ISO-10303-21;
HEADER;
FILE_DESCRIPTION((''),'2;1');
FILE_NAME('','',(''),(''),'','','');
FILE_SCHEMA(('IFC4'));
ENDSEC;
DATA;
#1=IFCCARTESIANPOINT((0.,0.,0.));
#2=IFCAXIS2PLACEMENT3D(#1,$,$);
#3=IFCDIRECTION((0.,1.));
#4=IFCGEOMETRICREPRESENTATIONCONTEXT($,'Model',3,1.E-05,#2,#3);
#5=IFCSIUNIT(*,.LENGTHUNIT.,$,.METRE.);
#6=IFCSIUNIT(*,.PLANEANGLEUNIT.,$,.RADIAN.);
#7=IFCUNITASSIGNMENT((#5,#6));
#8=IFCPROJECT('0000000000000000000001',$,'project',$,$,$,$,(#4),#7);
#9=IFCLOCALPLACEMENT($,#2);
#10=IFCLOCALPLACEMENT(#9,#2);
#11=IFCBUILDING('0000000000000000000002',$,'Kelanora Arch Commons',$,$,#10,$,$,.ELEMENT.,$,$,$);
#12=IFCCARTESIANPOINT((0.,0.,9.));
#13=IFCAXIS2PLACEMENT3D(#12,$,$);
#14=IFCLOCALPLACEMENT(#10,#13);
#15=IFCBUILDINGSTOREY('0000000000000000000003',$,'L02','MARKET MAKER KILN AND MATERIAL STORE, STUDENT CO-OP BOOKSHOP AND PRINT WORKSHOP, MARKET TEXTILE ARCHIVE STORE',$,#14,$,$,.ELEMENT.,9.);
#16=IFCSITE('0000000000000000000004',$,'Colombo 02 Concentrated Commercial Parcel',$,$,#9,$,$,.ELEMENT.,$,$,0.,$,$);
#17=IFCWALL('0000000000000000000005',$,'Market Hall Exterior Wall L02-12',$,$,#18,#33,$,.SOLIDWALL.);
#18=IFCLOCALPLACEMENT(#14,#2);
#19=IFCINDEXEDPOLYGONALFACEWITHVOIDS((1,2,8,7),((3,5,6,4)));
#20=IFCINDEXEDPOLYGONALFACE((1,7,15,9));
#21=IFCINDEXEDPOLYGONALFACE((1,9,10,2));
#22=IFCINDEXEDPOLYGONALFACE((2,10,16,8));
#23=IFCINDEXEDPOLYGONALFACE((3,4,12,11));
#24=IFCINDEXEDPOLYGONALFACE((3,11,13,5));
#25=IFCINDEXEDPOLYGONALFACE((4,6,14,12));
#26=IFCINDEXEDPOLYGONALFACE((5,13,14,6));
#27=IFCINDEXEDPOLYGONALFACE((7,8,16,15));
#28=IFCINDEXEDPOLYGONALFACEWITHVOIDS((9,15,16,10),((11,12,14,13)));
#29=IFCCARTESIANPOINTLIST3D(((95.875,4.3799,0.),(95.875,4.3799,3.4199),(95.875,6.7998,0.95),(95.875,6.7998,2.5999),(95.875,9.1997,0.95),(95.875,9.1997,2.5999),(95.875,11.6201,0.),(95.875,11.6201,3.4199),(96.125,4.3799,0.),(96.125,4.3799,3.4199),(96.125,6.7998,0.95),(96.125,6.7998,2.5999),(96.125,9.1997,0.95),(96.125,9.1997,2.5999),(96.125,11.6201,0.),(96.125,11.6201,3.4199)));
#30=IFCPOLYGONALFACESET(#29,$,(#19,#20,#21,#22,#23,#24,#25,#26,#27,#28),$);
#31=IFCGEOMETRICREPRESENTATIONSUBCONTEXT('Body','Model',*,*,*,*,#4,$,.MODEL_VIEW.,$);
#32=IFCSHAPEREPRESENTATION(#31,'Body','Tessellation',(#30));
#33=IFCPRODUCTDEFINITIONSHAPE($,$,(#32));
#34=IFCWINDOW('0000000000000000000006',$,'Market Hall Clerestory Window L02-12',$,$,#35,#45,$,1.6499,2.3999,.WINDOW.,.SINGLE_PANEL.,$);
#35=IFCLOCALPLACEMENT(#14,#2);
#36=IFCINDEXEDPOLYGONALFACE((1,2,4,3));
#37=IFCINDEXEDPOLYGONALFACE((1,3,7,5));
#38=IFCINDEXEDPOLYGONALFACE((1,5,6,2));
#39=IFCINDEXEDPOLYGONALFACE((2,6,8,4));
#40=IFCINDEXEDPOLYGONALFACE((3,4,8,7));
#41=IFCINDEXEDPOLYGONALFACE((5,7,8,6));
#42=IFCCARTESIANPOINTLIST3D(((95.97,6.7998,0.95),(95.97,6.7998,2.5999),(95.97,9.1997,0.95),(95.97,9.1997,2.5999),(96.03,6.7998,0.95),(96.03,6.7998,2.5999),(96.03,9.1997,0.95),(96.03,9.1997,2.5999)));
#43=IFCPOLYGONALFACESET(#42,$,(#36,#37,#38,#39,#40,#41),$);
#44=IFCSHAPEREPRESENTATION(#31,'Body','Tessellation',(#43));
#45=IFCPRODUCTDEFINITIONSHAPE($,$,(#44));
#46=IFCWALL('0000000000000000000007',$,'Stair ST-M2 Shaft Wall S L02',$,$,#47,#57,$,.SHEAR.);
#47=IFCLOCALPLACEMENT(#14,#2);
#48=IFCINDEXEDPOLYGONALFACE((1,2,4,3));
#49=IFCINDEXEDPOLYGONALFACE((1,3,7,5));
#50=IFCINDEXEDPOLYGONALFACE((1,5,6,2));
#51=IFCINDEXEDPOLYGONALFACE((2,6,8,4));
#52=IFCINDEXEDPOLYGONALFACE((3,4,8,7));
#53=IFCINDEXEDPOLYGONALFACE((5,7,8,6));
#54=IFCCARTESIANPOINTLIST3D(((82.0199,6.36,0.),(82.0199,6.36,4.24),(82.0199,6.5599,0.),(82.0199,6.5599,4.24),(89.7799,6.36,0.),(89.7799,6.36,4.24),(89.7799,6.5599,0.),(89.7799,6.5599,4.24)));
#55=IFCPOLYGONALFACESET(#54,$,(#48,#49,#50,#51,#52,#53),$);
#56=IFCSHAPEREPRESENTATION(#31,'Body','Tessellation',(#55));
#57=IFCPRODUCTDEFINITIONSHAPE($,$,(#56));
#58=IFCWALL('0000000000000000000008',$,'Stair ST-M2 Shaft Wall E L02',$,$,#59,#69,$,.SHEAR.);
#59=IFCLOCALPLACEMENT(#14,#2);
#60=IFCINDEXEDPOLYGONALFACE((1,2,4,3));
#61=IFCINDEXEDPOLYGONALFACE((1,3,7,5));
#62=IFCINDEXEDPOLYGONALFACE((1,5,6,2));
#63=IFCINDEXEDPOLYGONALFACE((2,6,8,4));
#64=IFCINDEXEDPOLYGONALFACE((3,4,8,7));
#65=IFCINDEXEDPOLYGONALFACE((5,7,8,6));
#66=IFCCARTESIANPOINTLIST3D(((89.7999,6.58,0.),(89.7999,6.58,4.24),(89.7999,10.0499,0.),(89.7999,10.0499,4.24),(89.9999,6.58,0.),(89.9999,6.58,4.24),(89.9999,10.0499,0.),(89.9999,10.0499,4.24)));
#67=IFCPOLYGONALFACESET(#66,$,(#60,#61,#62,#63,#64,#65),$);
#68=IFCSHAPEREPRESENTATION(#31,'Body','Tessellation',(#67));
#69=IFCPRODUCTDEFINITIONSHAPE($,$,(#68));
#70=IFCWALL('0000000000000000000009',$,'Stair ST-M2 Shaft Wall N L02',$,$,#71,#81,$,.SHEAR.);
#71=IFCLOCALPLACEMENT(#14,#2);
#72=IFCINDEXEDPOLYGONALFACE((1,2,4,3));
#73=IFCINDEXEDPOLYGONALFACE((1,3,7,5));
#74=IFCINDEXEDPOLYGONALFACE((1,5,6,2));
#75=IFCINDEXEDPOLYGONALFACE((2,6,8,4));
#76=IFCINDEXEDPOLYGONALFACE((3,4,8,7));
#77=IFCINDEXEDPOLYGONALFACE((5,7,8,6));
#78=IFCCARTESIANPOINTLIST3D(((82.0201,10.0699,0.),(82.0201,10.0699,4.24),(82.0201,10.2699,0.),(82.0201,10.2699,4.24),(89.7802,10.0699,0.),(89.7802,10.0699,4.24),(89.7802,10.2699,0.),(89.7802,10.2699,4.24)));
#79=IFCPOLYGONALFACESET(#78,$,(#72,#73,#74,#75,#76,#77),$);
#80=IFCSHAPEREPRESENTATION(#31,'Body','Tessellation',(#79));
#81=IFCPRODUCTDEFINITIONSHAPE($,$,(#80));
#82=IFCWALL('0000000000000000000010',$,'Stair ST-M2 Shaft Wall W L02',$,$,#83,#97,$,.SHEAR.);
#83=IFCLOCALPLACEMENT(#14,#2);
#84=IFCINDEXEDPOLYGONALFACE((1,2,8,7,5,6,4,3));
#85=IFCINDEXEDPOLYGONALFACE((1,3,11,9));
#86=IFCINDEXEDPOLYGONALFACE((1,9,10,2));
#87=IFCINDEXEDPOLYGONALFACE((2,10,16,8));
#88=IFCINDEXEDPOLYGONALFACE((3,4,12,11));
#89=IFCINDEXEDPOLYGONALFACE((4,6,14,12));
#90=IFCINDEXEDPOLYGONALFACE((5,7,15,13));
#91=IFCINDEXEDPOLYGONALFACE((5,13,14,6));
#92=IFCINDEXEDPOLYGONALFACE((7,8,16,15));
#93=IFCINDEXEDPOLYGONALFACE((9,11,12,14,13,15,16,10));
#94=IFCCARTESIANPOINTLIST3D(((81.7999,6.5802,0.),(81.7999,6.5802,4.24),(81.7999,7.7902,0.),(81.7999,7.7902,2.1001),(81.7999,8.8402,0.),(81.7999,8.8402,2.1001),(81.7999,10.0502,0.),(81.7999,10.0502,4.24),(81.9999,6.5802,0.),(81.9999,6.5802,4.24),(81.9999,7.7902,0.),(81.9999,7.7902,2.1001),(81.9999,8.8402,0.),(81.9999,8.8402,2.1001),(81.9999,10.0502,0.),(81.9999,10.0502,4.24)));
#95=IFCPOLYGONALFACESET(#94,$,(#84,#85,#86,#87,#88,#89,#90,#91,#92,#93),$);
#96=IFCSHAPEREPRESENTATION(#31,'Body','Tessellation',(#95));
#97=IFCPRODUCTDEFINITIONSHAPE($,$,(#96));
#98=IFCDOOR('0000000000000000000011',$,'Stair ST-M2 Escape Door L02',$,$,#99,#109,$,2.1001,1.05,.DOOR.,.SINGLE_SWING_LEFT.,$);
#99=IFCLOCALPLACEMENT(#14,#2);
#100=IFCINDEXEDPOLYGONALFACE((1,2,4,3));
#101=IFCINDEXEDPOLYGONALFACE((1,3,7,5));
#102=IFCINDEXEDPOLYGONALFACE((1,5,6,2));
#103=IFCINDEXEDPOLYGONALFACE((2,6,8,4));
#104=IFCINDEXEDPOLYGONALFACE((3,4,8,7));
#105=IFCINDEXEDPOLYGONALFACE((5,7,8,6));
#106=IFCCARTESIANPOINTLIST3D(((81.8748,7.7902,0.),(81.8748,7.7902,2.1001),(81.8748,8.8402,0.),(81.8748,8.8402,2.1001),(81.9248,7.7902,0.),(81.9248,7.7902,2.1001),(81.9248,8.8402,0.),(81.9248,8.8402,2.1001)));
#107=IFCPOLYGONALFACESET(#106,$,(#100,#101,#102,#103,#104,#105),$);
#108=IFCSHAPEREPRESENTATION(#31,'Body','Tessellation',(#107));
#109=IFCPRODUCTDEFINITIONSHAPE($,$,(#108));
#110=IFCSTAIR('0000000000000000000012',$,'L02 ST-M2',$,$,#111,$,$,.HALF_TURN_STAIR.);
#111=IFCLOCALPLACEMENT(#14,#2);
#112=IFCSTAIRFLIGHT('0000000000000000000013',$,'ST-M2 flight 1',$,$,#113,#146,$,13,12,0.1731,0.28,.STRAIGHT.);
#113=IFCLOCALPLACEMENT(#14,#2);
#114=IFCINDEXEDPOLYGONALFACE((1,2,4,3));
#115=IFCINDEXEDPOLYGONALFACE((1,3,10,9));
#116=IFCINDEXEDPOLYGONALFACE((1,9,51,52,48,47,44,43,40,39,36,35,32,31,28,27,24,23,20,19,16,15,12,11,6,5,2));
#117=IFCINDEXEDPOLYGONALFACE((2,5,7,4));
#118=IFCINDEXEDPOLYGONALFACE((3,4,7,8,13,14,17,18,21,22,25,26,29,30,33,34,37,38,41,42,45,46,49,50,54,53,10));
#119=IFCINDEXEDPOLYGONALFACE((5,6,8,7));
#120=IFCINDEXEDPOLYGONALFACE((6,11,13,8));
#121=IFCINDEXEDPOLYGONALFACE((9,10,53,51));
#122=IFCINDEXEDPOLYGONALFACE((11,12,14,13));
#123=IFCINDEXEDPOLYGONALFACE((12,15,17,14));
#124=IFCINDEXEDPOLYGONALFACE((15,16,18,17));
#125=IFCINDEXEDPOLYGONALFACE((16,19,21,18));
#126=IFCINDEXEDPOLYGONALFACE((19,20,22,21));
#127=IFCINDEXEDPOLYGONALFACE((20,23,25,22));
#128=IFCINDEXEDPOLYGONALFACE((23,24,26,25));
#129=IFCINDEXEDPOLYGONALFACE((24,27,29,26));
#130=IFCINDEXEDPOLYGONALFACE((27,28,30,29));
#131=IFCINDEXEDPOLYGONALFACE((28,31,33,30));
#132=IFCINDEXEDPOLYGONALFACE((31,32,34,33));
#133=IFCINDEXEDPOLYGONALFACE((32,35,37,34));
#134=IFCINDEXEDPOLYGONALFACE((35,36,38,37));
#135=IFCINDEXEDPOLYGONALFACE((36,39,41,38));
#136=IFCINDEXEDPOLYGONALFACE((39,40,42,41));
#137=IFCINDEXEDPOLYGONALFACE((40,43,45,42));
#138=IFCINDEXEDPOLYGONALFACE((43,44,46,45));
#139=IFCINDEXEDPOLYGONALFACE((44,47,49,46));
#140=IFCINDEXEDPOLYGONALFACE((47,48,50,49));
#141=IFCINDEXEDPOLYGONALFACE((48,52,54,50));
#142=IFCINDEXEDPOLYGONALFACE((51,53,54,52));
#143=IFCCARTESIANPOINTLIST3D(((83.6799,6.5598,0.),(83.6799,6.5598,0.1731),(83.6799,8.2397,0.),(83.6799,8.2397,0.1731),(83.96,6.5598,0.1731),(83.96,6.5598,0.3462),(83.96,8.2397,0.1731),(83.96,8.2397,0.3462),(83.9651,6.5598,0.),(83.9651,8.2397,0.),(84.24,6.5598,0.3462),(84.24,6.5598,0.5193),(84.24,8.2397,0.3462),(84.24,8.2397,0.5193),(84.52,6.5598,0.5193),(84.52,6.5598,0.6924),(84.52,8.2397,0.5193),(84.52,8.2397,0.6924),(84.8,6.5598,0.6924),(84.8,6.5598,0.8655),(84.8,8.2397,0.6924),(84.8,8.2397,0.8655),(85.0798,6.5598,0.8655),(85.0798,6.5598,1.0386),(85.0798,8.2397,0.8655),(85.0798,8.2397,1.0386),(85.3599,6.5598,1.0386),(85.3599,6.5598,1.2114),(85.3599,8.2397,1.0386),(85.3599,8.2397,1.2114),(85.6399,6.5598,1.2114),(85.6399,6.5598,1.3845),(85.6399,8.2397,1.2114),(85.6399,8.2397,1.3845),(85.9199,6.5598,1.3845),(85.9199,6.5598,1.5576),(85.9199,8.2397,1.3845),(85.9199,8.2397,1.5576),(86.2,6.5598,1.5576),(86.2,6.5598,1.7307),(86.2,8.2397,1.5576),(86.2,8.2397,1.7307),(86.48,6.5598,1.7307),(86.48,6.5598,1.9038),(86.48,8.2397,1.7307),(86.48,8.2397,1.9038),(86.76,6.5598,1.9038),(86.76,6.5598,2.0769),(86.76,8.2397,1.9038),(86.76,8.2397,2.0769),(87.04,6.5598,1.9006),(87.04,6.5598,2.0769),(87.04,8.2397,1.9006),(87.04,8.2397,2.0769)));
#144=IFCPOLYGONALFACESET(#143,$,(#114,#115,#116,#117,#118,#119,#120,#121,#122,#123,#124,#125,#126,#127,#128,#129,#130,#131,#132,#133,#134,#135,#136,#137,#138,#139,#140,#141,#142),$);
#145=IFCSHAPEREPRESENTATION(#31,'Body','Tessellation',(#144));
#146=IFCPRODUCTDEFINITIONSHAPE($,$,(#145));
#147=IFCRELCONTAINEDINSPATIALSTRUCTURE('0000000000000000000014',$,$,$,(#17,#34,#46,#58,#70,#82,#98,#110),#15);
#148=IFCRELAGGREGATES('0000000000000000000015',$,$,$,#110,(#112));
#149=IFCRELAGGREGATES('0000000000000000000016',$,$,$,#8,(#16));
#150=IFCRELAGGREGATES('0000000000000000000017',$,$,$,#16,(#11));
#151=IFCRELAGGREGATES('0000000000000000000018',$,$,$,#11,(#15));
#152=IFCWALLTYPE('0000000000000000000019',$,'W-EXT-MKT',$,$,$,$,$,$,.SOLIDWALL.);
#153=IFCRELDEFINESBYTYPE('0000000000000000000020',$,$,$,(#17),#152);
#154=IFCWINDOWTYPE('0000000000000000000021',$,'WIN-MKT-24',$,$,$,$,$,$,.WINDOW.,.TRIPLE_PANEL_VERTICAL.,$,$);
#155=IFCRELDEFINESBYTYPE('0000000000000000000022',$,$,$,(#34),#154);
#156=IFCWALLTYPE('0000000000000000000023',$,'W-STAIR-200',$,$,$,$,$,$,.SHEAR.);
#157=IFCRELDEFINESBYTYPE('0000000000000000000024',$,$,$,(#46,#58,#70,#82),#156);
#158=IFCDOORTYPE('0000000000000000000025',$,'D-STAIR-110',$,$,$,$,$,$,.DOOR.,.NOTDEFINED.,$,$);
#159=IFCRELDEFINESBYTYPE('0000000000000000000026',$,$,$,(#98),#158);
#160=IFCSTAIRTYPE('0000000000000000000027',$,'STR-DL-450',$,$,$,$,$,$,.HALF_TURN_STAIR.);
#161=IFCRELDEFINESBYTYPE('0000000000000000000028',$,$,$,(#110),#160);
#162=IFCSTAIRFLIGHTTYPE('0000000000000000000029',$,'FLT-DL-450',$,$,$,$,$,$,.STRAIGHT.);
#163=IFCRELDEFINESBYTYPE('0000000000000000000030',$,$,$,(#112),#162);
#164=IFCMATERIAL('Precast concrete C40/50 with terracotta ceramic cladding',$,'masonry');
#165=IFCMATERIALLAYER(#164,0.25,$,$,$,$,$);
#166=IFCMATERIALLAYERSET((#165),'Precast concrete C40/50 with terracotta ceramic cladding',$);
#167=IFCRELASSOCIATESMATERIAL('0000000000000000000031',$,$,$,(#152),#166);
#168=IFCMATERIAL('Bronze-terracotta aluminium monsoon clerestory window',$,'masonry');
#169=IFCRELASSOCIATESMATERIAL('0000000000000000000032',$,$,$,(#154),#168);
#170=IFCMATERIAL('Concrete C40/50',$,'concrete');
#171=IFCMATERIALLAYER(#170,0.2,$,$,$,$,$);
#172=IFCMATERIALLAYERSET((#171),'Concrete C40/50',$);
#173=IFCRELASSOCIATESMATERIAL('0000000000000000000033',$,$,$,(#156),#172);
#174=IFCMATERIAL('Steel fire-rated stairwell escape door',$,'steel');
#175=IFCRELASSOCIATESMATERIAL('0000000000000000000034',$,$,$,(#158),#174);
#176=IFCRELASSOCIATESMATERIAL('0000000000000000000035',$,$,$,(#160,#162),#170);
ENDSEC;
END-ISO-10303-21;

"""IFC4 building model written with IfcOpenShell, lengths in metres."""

from ifc_helpers import new_model, si_unit, direction, frame, frame_2d, origin, place, context, subcontext, project, spatial, polyline, rectangle, outline, extrude, material, layer, layer_set, type_object, element, fill, aggregate, save


model = new_model("IFC4")

# Units and contexts
model_context = context("Model", 3, precision=1e-05, world=origin(), true_north=direction((0.0, 1.0)))
body_context = subcontext(model_context, "Body", "Model", "MODEL_VIEW")
ifc_project = project(units=[si_unit("LENGTHUNIT", "METRE"), si_unit("PLANEANGLEUNIT", "RADIAN")], contexts=[model_context])

# Site, building, storey
site_placement = place(None, origin())
site = spatial("IfcSite", under=ifc_project, at=site_placement, Name="Colombo 02 Concentrated Commercial Parcel", CompositionType="ELEMENT", RefElevation=0.0)
building_placement = place(site_placement, origin())
building = spatial("IfcBuilding", under=site, at=building_placement, Name="Kelanora Arch Commons", CompositionType="ELEMENT")
storey_placement = place(building_placement, frame((0.0, 0.0, 9.0)))
storey = spatial("IfcBuildingStorey", under=building, at=storey_placement, Name="L02", Description="MARKET MAKER KILN AND MATERIAL STORE, STUDENT CO-OP BOOKSHOP AND PRINT WORKSHOP, MARKET TEXTILE ARCHIVE STORE", CompositionType="ELEMENT", Elevation=9.0)

# Shared definitions
ifc_material_1 = material(Name="Concrete C40/50", Category="concrete")

# Wall, opening, window
ifc_material_2 = material(Name="Precast concrete C40/50 with terracotta ceramic cladding", Category="masonry")
ifc_layer_1 = layer(ifc_material_2, 0.25)
ifc_layer_set_1 = layer_set([ifc_layer_1], Name="Precast concrete C40/50 with terracotta ceramic cladding")
wall_type_1 = type_object("IfcWallType", Name="W-EXT-MKT", PredefinedType="SOLIDWALL", material=ifc_layer_set_1)
ifc_material_3 = material(Name="Bronze-terracotta aluminium monsoon clerestory window", Category="masonry")
window_type = type_object("IfcWindowType", Name="WIN-MKT-24", PartitioningType="TRIPLE_PANEL_VERTICAL", PredefinedType="WINDOW", material=ifc_material_3)
wall_1_placement = place(storey_placement, frame((96.0, 4.3799, 0.0), z_axis=(0.0, 0.0, 1.0), x_axis=(0.0, 1.0, 0.0)))
wall_1 = element("IfcWall", 1, at=wall_1_placement, inside=storey, type_object=wall_type_1, Name="Market Hall Exterior Wall L02-12", PredefinedType="SOLIDWALL", context=body_context, shape_type="SweptSolid", body=[
    extrude(rectangle(XDim=7.2402, YDim=0.25, at=frame_2d((3.6201, 0.0))), origin(), (0.0, 0.0, 1.0), 3.4199),
])
opening_1_placement = place(wall_1_placement, frame((2.4199, 0.0, 0.95)))
opening_1 = element("IfcOpeningElement", 2, at=opening_1_placement, cuts=wall_1, PredefinedType="OPENING", context=body_context, shape_type="SweptSolid", body=[
    extrude(rectangle(XDim=2.3999, YDim=1.6499, at=frame_2d((1.2, 0.825))), frame((0.0, 0.135, 0.0), z_axis=(0.0, -1.0, 0.0), x_axis=(1.0, 0.0, 0.0)), (0.0, 0.0, 1.0), 0.27),
])
window_1_placement = place(opening_1_placement, origin())
window_1 = element("IfcWindow", 3, at=window_1_placement, inside=storey, type_object=window_type, Name="Market Hall Clerestory Window L02-12", OverallHeight=1.6499, OverallWidth=2.3999, PartitioningType="SINGLE_PANEL", PredefinedType="WINDOW", context=body_context, shape_type="SweptSolid", body=[
    extrude(rectangle(XDim=2.3999, YDim=1.6499, at=frame_2d((1.2, 0.825))), frame((0.0, 0.03, 0.0), z_axis=(0.0, -1.0, 0.0), x_axis=(1.0, 0.0, 0.0)), (0.0, 0.0, 1.0), 0.0601),
])
fill(opening_1, window_1)

# Walls
ifc_layer_2 = layer(ifc_material_1, 0.2)
ifc_layer_set_2 = layer_set([ifc_layer_2], Name="Concrete C40/50")
wall_type_2 = type_object("IfcWallType", Name="W-STAIR-200", PredefinedType="SHEAR", material=ifc_layer_set_2)
wall_2_placement = place(storey_placement, frame((82.02, 6.46, 0.0), z_axis=(0.0, 0.0, 1.0), x_axis=(1.0, 0.0, 0.0)))
element("IfcWall", 4, at=wall_2_placement, inside=storey, type_object=wall_type_2, Name="Stair ST-M2 Shaft Wall S L02", PredefinedType="SHEAR", context=body_context, shape_type="SweptSolid", body=[
    extrude(rectangle(XDim=7.76, YDim=0.2, at=frame_2d((3.8799, 0.0))), origin(), (0.0, 0.0, 1.0), 4.24),
])
wall_3_placement = place(storey_placement, frame((89.8999, 6.5801, 0.0), z_axis=(0.0, 0.0, 1.0), x_axis=(0.0, 1.0, 0.0)))
element("IfcWall", 5, at=wall_3_placement, inside=storey, type_object=wall_type_2, Name="Stair ST-M2 Shaft Wall E L02", PredefinedType="SHEAR", context=body_context, shape_type="SweptSolid", body=[
    extrude(rectangle(XDim=3.47, YDim=0.2, at=frame_2d((1.7349, 0.0))), origin(), (0.0, 0.0, 1.0), 4.24),
])
wall_4_placement = place(storey_placement, frame((89.78, 10.1699, 0.0), z_axis=(0.0, 0.0, 1.0), x_axis=(-1.0, 0.0, 0.0)))
element("IfcWall", 6, at=wall_4_placement, inside=storey, type_object=wall_type_2, Name="Stair ST-M2 Shaft Wall N L02", PredefinedType="SHEAR", context=body_context, shape_type="SweptSolid", body=[
    extrude(rectangle(XDim=7.76, YDim=0.2, at=frame_2d((3.8799, 0.0))), origin(), (0.0, 0.0, 1.0), 4.24),
])

# Wall, opening, door
wall_5_placement = place(storey_placement, frame((81.8999, 10.05, 0.0), z_axis=(0.0, 0.0, 1.0), x_axis=(0.0, -1.0, 0.0)))
wall_5 = element("IfcWall", 7, at=wall_5_placement, inside=storey, type_object=wall_type_2, Name="Stair ST-M2 Shaft Wall W L02", PredefinedType="SHEAR", context=body_context, shape_type="SweptSolid", body=[
    extrude(rectangle(XDim=3.47, YDim=0.2, at=frame_2d((1.7349, 0.0))), origin(), (0.0, 0.0, 1.0), 4.24),
])
opening_2_placement = place(wall_5_placement, frame((1.21, 0.0, 0.0)))
opening_2 = element("IfcOpeningElement", 8, at=opening_2_placement, cuts=wall_5, PredefinedType="OPENING", context=body_context, shape_type="SweptSolid", body=[
    extrude(rectangle(XDim=1.05, YDim=2.1001, at=frame_2d((0.5249, 1.05))), frame((0.0, 0.1099, 0.0), z_axis=(0.0, -1.0, 0.0), x_axis=(1.0, 0.0, 0.0)), (0.0, 0.0, 1.0), 0.22),
])
ifc_material_4 = material(Name="Steel fire-rated stairwell escape door", Category="steel")
door_type = type_object("IfcDoorType", Name="D-STAIR-110", OperationType="NOTDEFINED", PredefinedType="DOOR", material=ifc_material_4)
door_placement = place(opening_2_placement, origin())
door = element("IfcDoor", 9, at=door_placement, inside=storey, type_object=door_type, Name="Stair ST-M2 Escape Door L02", OperationType="SINGLE_SWING_LEFT", OverallHeight=2.1001, OverallWidth=1.05, PredefinedType="DOOR", context=body_context, shape_type="SweptSolid", body=[
    extrude(rectangle(XDim=1.05, YDim=2.1001, at=frame_2d((0.5249, 1.05))), frame((0.0, 0.0249, 0.0), z_axis=(0.0, -1.0, 0.0), x_axis=(1.0, 0.0, 0.0)), (0.0, 0.0, 1.0), 0.05),
])
fill(opening_2, door)

# Stair, stair flight
stair_type = type_object("IfcStairType", Name="STR-DL-450", PredefinedType="HALF_TURN_STAIR", material=ifc_material_1)
stair_placement = place(storey_placement, origin())
stair = element("IfcStair", 10, at=stair_placement, inside=storey, type_object=stair_type, Name="L02 ST-M2", PredefinedType="HALF_TURN_STAIR")
stair_flight_type = type_object("IfcStairFlightType", Name="FLT-DL-450", PredefinedType="STRAIGHT", material=ifc_material_1)
stair_flight_1_placement = place(storey_placement, frame((83.6799, 7.3999, 0.0), z_axis=(0.0, 0.0, 1.0), x_axis=(1.0, 0.0, 0.0)))
stair_flight_1 = element("IfcStairFlight", 11, at=stair_flight_1_placement, type_object=stair_flight_type, Name="ST-M2 flight 1", NumberOfRisers=13, NumberOfTreads=12, PredefinedType="STRAIGHT", RiserHeight=0.1731, TreadLength=0.28, context=body_context, shape_type="SweptSolid", body=[
    extrude(outline(polyline([(0.0, 0.0), (0.0, 0.1731), (0.28, 0.1731), (0.28, 0.3462), (0.5601, 0.3462), (0.5601, 0.5193), (0.8401, 0.5193), (0.8401, 0.6924), (1.1201, 0.6924), (1.1201, 0.8655), (1.3999, 0.8655), (1.3999, 1.0386), (1.6799, 1.0386), (1.6799, 1.2114), (1.96, 1.2114), (1.96, 1.3845), (2.24, 1.3845), (2.24, 1.5576), (2.52, 1.5576), (2.52, 1.7307), (2.8, 1.7307), (2.8, 1.9038), (3.0801, 1.9038), (3.0801, 2.0769), (3.3601, 2.0769), (3.3601, 2.25), (3.3601, 1.9006), (0.2852, 0.0), (0.0, 0.0)])), frame((0.0, 0.8398, 0.0), z_axis=(0.0, -1.0, 0.0), x_axis=(1.0, 0.0, 0.0)), (0.0, 0.0, 1.0), 1.6799),
])
aggregate(stair, [stair_flight_1])

save(model, "model.ifc")
